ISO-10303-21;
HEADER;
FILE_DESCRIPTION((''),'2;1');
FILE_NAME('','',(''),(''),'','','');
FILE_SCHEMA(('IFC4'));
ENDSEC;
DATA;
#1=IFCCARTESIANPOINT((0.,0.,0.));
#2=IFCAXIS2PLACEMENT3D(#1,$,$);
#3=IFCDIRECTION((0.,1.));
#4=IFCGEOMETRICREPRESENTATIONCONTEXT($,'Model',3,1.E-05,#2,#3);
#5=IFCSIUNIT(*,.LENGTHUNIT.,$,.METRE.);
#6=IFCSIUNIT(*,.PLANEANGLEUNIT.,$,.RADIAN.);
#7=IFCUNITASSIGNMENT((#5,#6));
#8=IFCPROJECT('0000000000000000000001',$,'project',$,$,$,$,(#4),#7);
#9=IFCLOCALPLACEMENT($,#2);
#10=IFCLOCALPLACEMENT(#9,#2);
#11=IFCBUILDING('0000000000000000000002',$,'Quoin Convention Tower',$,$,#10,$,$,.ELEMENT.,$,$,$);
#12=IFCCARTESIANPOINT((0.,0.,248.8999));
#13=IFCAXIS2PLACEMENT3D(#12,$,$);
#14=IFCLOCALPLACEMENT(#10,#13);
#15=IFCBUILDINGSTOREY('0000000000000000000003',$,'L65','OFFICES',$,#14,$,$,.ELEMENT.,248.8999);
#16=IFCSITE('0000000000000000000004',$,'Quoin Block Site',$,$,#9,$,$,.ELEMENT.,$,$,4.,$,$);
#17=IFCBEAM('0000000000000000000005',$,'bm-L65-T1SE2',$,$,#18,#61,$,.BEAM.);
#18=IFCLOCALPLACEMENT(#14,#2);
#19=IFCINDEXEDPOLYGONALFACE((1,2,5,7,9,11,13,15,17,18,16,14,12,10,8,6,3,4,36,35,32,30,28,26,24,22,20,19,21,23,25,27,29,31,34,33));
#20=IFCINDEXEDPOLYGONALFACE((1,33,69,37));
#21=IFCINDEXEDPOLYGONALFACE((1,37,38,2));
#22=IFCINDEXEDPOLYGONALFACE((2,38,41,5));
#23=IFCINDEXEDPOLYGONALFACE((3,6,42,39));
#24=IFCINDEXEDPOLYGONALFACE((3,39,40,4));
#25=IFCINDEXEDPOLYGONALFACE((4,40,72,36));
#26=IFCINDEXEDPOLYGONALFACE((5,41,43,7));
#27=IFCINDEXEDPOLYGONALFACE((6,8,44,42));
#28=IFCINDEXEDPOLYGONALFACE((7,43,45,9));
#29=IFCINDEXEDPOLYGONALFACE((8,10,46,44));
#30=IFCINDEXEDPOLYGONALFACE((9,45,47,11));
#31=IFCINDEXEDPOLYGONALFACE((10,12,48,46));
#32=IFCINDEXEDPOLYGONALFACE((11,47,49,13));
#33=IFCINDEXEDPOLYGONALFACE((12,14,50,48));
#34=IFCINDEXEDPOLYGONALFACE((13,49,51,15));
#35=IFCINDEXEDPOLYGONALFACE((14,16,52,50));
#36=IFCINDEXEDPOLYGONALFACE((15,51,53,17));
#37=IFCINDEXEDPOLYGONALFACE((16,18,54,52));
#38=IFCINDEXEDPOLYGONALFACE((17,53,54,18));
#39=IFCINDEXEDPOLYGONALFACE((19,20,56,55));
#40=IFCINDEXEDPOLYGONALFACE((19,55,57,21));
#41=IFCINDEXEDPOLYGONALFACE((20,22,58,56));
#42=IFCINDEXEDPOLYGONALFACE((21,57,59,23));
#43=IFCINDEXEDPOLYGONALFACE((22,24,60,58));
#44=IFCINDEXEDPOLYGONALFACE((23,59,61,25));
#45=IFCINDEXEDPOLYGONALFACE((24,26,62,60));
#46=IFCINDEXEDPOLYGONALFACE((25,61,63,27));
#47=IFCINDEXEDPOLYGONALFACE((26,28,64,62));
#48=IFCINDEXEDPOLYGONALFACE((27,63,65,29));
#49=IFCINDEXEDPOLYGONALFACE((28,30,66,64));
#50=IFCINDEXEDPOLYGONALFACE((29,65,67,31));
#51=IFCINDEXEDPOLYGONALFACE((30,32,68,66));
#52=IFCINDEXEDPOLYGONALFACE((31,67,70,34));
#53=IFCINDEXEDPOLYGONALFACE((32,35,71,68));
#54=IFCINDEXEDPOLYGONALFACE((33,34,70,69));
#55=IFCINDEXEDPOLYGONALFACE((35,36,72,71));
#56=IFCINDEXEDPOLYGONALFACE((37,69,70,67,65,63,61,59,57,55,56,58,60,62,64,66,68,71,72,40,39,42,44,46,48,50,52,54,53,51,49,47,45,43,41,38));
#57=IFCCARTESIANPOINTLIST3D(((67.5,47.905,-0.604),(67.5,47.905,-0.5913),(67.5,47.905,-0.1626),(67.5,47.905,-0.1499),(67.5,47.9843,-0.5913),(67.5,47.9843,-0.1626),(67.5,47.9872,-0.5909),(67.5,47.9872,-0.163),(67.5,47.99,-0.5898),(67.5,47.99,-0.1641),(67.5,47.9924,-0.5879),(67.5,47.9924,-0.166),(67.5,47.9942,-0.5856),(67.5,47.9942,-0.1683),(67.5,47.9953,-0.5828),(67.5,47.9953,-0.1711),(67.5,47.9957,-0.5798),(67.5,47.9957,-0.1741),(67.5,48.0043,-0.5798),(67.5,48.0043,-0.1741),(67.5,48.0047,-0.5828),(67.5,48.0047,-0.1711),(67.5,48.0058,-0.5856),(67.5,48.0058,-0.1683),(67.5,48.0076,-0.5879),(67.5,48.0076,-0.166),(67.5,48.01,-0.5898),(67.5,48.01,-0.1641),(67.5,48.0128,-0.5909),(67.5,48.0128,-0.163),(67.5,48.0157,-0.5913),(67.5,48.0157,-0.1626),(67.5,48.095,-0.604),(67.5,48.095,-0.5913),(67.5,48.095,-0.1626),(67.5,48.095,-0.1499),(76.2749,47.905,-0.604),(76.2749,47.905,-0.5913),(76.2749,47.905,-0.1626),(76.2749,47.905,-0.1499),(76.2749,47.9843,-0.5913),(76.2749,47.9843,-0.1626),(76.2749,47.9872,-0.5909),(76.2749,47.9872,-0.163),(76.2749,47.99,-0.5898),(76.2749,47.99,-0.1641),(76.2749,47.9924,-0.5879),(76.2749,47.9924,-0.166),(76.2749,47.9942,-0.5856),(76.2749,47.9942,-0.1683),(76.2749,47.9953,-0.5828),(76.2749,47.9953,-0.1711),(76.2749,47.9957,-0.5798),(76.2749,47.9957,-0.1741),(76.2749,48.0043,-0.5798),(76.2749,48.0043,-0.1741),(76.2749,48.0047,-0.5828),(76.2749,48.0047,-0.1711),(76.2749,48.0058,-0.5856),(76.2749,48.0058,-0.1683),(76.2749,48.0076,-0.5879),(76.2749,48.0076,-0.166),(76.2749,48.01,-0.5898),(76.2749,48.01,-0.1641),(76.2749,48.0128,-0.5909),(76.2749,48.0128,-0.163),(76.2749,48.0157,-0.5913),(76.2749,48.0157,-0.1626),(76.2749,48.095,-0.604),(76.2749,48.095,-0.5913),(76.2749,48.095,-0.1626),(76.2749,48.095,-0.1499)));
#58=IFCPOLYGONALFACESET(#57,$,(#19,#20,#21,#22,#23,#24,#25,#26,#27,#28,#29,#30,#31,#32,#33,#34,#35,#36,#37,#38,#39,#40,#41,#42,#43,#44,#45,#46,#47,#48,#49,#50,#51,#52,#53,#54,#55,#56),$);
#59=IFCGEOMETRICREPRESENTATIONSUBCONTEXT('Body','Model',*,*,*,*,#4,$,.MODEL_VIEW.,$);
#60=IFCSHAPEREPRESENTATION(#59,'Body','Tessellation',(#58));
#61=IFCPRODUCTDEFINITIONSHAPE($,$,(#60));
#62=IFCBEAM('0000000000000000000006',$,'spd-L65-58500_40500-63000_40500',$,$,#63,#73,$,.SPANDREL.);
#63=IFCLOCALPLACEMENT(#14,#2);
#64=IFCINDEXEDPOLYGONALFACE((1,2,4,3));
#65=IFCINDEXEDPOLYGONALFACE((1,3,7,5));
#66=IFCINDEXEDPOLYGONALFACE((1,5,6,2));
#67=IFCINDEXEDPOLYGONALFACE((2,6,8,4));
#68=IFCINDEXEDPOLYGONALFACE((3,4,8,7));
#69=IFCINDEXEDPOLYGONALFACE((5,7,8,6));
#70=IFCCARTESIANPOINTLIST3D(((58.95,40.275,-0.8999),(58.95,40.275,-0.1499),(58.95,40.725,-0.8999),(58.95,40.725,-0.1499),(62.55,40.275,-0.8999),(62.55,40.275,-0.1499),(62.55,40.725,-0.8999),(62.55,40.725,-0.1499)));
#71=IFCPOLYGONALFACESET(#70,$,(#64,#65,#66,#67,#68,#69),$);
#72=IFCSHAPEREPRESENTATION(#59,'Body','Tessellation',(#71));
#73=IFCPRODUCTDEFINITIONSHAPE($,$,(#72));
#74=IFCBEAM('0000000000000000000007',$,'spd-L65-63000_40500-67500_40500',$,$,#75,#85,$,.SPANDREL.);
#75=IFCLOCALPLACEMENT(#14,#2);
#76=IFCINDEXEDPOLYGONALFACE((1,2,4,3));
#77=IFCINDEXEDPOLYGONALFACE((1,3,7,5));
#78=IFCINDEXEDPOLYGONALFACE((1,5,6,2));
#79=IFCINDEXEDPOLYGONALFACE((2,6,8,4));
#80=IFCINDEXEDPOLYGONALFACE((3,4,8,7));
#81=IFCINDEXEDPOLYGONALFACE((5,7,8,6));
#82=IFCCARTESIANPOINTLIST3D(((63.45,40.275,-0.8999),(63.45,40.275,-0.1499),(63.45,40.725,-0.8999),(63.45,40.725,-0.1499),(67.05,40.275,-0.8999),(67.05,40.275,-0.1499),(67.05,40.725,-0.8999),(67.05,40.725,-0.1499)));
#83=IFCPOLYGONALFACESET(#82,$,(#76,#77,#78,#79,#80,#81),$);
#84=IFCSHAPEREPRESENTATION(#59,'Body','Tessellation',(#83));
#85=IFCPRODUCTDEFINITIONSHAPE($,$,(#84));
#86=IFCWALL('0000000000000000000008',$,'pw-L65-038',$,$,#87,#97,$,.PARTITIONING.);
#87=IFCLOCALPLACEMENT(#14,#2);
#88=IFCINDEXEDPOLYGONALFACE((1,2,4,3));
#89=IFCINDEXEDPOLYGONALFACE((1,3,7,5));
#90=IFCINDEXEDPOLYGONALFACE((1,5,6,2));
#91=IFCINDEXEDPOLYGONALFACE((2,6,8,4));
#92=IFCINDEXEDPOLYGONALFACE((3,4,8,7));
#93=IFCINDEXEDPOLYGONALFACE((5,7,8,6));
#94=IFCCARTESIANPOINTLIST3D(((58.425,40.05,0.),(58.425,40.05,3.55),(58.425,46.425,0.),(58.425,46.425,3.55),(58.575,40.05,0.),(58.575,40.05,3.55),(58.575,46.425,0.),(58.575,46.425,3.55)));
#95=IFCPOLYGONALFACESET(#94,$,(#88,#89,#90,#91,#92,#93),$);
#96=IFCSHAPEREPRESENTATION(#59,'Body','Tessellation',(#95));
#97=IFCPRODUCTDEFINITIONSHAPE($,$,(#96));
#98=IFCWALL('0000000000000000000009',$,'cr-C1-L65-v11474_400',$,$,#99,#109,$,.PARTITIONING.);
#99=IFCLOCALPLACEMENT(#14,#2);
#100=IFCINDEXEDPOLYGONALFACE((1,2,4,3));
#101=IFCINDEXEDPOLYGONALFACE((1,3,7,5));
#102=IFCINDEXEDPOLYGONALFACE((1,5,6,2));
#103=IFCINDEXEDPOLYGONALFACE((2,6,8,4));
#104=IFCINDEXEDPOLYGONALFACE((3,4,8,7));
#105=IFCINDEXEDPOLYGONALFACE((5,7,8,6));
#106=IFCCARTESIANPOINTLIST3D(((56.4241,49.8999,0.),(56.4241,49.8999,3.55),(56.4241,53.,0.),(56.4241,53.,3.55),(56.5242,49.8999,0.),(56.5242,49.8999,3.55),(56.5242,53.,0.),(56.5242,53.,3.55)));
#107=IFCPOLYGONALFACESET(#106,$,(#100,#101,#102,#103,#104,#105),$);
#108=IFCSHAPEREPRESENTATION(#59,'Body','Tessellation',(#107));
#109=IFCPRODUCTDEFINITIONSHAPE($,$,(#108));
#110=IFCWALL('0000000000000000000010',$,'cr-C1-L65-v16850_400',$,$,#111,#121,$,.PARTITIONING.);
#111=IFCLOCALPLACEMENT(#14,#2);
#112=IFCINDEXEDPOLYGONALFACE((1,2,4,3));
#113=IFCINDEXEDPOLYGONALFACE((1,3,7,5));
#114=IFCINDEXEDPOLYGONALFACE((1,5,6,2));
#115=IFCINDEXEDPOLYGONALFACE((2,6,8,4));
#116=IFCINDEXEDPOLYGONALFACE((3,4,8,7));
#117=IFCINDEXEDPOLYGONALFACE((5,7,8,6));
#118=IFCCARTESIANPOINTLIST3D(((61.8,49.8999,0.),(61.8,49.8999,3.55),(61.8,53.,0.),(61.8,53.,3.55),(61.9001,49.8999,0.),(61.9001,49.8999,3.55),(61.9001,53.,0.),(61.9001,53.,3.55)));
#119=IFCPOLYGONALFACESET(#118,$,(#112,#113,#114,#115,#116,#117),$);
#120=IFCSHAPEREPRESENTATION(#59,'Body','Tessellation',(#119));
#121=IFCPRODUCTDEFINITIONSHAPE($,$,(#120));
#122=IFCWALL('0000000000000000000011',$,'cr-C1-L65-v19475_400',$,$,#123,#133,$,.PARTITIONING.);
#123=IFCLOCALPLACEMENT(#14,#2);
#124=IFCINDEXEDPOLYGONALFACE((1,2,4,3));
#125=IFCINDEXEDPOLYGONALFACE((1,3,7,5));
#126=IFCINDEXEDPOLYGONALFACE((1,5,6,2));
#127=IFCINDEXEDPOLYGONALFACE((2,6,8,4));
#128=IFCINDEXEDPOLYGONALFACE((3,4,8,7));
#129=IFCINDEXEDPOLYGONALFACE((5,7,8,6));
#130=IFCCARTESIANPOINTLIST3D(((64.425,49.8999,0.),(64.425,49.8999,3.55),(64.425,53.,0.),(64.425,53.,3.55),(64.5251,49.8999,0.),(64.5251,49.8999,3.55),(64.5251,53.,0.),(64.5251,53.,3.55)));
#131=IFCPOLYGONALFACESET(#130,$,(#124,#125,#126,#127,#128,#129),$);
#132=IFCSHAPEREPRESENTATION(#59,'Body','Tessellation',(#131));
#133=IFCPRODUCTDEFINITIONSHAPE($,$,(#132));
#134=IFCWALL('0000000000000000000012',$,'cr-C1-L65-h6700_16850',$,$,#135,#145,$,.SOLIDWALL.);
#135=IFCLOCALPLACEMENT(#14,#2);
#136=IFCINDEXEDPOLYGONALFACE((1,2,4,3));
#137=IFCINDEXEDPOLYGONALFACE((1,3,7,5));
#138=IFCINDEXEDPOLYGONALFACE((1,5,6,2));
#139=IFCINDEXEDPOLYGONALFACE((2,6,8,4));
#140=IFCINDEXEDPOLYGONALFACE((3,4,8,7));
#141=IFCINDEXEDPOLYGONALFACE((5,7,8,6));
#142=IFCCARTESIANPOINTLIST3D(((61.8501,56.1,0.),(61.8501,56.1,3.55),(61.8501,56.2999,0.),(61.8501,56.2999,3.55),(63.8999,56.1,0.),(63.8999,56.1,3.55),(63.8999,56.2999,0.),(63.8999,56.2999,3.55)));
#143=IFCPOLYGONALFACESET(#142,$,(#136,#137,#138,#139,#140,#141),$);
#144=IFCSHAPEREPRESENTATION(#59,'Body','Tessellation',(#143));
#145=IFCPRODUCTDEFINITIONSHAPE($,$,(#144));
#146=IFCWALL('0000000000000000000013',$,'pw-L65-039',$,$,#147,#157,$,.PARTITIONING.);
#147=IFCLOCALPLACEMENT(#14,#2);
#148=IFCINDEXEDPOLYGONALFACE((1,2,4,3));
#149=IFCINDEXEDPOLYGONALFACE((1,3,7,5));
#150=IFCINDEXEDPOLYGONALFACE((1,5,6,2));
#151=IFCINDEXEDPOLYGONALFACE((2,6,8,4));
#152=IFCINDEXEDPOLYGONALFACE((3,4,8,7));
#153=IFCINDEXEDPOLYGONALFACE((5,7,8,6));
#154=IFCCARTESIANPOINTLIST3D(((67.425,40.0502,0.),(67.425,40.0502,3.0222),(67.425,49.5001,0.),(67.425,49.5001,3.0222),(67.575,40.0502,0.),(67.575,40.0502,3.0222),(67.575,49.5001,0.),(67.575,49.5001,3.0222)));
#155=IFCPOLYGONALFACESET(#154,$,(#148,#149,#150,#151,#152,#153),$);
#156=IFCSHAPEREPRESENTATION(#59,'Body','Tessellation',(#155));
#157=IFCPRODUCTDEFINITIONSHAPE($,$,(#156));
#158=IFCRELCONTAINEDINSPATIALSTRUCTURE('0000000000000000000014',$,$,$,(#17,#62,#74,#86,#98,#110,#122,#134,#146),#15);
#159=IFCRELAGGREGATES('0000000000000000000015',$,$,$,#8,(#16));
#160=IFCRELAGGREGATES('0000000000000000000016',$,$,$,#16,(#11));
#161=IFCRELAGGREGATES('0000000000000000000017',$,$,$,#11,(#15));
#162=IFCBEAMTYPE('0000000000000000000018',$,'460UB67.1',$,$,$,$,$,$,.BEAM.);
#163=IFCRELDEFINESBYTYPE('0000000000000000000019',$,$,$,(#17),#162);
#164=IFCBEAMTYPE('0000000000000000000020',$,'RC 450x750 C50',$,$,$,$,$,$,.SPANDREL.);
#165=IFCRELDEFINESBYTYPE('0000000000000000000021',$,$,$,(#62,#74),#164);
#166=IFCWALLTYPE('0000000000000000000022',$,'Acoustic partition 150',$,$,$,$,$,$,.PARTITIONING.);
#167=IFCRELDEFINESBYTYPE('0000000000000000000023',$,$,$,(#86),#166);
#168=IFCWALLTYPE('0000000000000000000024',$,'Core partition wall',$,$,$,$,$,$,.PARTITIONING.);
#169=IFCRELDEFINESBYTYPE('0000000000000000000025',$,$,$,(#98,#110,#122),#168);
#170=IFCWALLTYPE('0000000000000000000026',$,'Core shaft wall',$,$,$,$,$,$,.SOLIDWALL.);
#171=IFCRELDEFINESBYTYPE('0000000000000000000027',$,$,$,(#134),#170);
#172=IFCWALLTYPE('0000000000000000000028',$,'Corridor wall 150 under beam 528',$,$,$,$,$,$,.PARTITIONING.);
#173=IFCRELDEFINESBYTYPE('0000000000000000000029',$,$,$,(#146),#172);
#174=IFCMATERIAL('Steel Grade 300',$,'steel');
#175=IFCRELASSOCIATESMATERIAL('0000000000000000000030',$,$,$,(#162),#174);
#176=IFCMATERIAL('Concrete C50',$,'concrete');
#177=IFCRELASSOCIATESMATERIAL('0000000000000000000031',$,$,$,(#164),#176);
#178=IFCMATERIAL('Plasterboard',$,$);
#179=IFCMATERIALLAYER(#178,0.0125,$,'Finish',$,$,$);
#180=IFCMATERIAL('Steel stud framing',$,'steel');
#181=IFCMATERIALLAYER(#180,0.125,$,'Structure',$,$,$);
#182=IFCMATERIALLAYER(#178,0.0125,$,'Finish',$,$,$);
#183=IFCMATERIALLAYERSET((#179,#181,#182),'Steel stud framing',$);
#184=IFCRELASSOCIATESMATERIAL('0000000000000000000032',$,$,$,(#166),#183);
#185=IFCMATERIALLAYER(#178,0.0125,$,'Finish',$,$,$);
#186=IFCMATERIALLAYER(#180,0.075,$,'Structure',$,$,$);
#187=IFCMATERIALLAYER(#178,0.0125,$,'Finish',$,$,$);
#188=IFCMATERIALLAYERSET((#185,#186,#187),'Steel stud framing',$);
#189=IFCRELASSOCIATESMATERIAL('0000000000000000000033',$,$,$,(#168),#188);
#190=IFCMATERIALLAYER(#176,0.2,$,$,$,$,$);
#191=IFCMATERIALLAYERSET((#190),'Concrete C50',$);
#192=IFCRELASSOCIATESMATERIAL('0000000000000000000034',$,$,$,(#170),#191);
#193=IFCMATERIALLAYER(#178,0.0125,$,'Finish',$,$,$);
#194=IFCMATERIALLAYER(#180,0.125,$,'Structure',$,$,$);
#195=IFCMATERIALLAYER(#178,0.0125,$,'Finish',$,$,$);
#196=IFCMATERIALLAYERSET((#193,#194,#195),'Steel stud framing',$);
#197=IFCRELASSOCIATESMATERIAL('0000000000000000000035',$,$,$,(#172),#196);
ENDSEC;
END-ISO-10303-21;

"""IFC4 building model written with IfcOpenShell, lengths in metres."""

from ifc_helpers import new_model, si_unit, direction, frame, frame_2d, origin, origin_2d, place, context, subcontext, project, spatial, rectangle, i_section, extrude, material, layer, layer_set, material_profile, profile_set, type_object, element, save


model = new_model("IFC4")

# Units and contexts
model_context = context("Model", 3, precision=1e-05, world=origin(), true_north=direction((0.0, 1.0)))
body_context = subcontext(model_context, "Body", "Model", "MODEL_VIEW")
ifc_project = project(units=[si_unit("LENGTHUNIT", "METRE"), si_unit("PLANEANGLEUNIT", "RADIAN")], contexts=[model_context])

# Site, building, storey
site_placement = place(None, origin())
site = spatial("IfcSite", under=ifc_project, at=site_placement, Name="Quoin Block Site", CompositionType="ELEMENT", RefElevation=4.0)
building_placement = place(site_placement, origin())
building = spatial("IfcBuilding", under=site, at=building_placement, Name="Quoin Convention Tower", CompositionType="ELEMENT")
storey_placement = place(building_placement, frame((0.0, 0.0, 248.8999)))
storey = spatial("IfcBuildingStorey", under=building, at=storey_placement, Name="L65", Description="OFFICES", CompositionType="ELEMENT", Elevation=248.8999)

# Shared definitions
ifc_material_1 = material(Name="Concrete C50", Category="concrete")

# Beams
ifc_material_2 = material(Name="Steel Grade 300", Category="steel")
ifc_material_profile_1 = material_profile(ifc_material_2, i_section(OverallWidth=0.1899, OverallDepth=0.4541, WebThickness=0.0085, FlangeThickness=0.0127, FilletRadius=0.0115, at=origin_2d()), Name="460UB67.1")
ifc_profile_set_1 = profile_set([ifc_material_profile_1], Name="Steel Grade 300")
beam_type_1 = type_object("IfcBeamType", Name="460UB67.1", PredefinedType="BEAM", material=ifc_profile_set_1)
beam_1_placement = place(storey_placement, frame((67.5, 48.0, -0.377), z_axis=(1.0, 0.0, 0.0), x_axis=(0.0, 1.0, 0.0)))
element("IfcBeam", 1, at=beam_1_placement, inside=storey, type_object=beam_type_1, Name="bm-L65-T1SE2", PredefinedType="BEAM", context=body_context, shape_type="SweptSolid", body=[
    extrude(i_section(OverallWidth=0.1899, OverallDepth=0.4541, WebThickness=0.0085, FlangeThickness=0.0127, FilletRadius=0.0115, at=origin_2d()), origin(), (0.0, 0.0, 1.0), 8.7749),
])
ifc_material_profile_2 = material_profile(ifc_material_1, rectangle(XDim=0.45, YDim=0.75, at=origin_2d()), Name="RC 450x750")
ifc_profile_set_2 = profile_set([ifc_material_profile_2], Name="Concrete C50")
beam_type_2 = type_object("IfcBeamType", Name="RC 450x750 C50", PredefinedType="SPANDREL", material=ifc_profile_set_2)
for number, where, z_axis, x_axis, name in (
    (2, (58.95, 40.5, -0.5249), (1.0, 0.0, 0.0), (0.0, 1.0, 0.0), "spd-L65-58500_40500-63000_40500"),
    (3, (63.45, 40.5, -0.5249), (1.0, 0.0, 0.0), (0.0, 1.0, 0.0), "spd-L65-63000_40500-67500_40500"),
):
    element("IfcBeam", number, at=place(storey_placement, frame(where, z_axis=z_axis, x_axis=x_axis)), inside=storey, type_object=beam_type_2, Name=name, PredefinedType="SPANDREL", context=body_context, shape_type="SweptSolid", body=[
        extrude(rectangle(XDim=0.45, YDim=0.75, at=origin_2d()), origin(), (0.0, 0.0, 1.0), 3.6001),
    ])

# Walls
ifc_material_3 = material(Name="Plasterboard")
ifc_layer_1 = layer(ifc_material_3, 0.0125, Name="Finish")
ifc_material_4 = material(Name="Steel stud framing", Category="steel")
ifc_layer_2 = layer(ifc_material_4, 0.125, Name="Structure")
ifc_layer_3 = layer(ifc_material_3, 0.0125, Name="Finish")
ifc_layer_set_1 = layer_set([ifc_layer_1, ifc_layer_2, ifc_layer_3], Name="Steel stud framing")
wall_type_1 = type_object("IfcWallType", Name="Acoustic partition 150", PredefinedType="PARTITIONING", material=ifc_layer_set_1)
wall_1_placement = place(storey_placement, frame((58.5, 40.05, 0.0), z_axis=(0.0, 0.0, 1.0), x_axis=(0.0, 1.0, 0.0)))
element("IfcWall", 4, at=wall_1_placement, inside=storey, type_object=wall_type_1, Name="pw-L65-038", PredefinedType="PARTITIONING", context=body_context, shape_type="SweptSolid", body=[
    extrude(rectangle(XDim=6.375, YDim=0.1499, at=frame_2d((3.1875, 0.0))), origin(), (0.0, 0.0, 1.0), 3.55),
])
ifc_layer_4 = layer(ifc_material_3, 0.0125, Name="Finish")
ifc_layer_5 = layer(ifc_material_4, 0.075, Name="Structure")
ifc_layer_6 = layer(ifc_material_3, 0.0125, Name="Finish")
ifc_layer_set_2 = layer_set([ifc_layer_4, ifc_layer_5, ifc_layer_6], Name="Steel stud framing")
wall_type_2 = type_object("IfcWallType", Name="Core partition wall", PredefinedType="PARTITIONING", material=ifc_layer_set_2)
for number, where, z_axis, x_axis, name in (
    (5, (56.4741, 49.8999, 0.0), (0.0, 0.0, 1.0), (0.0, 1.0, 0.0), "cr-C1-L65-v11474_400"),
    (6, (61.8501, 49.8999, 0.0), (0.0, 0.0, 1.0), (0.0, 1.0, 0.0), "cr-C1-L65-v16850_400"),
    (7, (64.4751, 49.8999, 0.0), (0.0, 0.0, 1.0), (0.0, 1.0, 0.0), "cr-C1-L65-v19475_400"),
):
    element("IfcWall", number, at=place(storey_placement, frame(where, z_axis=z_axis, x_axis=x_axis)), inside=storey, type_object=wall_type_2, Name=name, PredefinedType="PARTITIONING", context=body_context, shape_type="SweptSolid", body=[
        extrude(rectangle(XDim=3.1001, YDim=0.1001, at=frame_2d((1.55, 0.0))), origin(), (0.0, 0.0, 1.0), 3.55),
    ])
ifc_layer_7 = layer(ifc_material_1, 0.2)
ifc_layer_set_3 = layer_set([ifc_layer_7], Name="Concrete C50")
wall_type_3 = type_object("IfcWallType", Name="Core shaft wall", PredefinedType="SOLIDWALL", material=ifc_layer_set_3)
wall_2_placement = place(storey_placement, frame((61.8501, 56.2, 0.0), z_axis=(0.0, 0.0, 1.0), x_axis=(1.0, 0.0, 0.0)))
element("IfcWall", 8, at=wall_2_placement, inside=storey, type_object=wall_type_3, Name="cr-C1-L65-h6700_16850", PredefinedType="SOLIDWALL", context=body_context, shape_type="SweptSolid", body=[
    extrude(rectangle(XDim=2.0498, YDim=0.2, at=frame_2d((1.0249, 0.0))), origin(), (0.0, 0.0, 1.0), 3.55),
])
ifc_layer_8 = layer(ifc_material_3, 0.0125, Name="Finish")
ifc_layer_9 = layer(ifc_material_4, 0.125, Name="Structure")
ifc_layer_10 = layer(ifc_material_3, 0.0125, Name="Finish")
ifc_layer_set_4 = layer_set([ifc_layer_8, ifc_layer_9, ifc_layer_10], Name="Steel stud framing")
wall_type_4 = type_object("IfcWallType", Name="Corridor wall 150 under beam 528", PredefinedType="PARTITIONING", material=ifc_layer_set_4)
wall_3_placement = place(storey_placement, frame((67.5, 40.05, 0.0), z_axis=(0.0, 0.0, 1.0), x_axis=(0.0, 1.0, 0.0)))
element("IfcWall", 9, at=wall_3_placement, inside=storey, type_object=wall_type_4, Name="pw-L65-039", PredefinedType="PARTITIONING", context=body_context, shape_type="SweptSolid", body=[
    extrude(rectangle(XDim=9.45, YDim=0.1499, at=frame_2d((4.7251, 0.0))), origin(), (0.0, 0.0, 1.0), 3.0222),
])

save(model, "model.ifc")
